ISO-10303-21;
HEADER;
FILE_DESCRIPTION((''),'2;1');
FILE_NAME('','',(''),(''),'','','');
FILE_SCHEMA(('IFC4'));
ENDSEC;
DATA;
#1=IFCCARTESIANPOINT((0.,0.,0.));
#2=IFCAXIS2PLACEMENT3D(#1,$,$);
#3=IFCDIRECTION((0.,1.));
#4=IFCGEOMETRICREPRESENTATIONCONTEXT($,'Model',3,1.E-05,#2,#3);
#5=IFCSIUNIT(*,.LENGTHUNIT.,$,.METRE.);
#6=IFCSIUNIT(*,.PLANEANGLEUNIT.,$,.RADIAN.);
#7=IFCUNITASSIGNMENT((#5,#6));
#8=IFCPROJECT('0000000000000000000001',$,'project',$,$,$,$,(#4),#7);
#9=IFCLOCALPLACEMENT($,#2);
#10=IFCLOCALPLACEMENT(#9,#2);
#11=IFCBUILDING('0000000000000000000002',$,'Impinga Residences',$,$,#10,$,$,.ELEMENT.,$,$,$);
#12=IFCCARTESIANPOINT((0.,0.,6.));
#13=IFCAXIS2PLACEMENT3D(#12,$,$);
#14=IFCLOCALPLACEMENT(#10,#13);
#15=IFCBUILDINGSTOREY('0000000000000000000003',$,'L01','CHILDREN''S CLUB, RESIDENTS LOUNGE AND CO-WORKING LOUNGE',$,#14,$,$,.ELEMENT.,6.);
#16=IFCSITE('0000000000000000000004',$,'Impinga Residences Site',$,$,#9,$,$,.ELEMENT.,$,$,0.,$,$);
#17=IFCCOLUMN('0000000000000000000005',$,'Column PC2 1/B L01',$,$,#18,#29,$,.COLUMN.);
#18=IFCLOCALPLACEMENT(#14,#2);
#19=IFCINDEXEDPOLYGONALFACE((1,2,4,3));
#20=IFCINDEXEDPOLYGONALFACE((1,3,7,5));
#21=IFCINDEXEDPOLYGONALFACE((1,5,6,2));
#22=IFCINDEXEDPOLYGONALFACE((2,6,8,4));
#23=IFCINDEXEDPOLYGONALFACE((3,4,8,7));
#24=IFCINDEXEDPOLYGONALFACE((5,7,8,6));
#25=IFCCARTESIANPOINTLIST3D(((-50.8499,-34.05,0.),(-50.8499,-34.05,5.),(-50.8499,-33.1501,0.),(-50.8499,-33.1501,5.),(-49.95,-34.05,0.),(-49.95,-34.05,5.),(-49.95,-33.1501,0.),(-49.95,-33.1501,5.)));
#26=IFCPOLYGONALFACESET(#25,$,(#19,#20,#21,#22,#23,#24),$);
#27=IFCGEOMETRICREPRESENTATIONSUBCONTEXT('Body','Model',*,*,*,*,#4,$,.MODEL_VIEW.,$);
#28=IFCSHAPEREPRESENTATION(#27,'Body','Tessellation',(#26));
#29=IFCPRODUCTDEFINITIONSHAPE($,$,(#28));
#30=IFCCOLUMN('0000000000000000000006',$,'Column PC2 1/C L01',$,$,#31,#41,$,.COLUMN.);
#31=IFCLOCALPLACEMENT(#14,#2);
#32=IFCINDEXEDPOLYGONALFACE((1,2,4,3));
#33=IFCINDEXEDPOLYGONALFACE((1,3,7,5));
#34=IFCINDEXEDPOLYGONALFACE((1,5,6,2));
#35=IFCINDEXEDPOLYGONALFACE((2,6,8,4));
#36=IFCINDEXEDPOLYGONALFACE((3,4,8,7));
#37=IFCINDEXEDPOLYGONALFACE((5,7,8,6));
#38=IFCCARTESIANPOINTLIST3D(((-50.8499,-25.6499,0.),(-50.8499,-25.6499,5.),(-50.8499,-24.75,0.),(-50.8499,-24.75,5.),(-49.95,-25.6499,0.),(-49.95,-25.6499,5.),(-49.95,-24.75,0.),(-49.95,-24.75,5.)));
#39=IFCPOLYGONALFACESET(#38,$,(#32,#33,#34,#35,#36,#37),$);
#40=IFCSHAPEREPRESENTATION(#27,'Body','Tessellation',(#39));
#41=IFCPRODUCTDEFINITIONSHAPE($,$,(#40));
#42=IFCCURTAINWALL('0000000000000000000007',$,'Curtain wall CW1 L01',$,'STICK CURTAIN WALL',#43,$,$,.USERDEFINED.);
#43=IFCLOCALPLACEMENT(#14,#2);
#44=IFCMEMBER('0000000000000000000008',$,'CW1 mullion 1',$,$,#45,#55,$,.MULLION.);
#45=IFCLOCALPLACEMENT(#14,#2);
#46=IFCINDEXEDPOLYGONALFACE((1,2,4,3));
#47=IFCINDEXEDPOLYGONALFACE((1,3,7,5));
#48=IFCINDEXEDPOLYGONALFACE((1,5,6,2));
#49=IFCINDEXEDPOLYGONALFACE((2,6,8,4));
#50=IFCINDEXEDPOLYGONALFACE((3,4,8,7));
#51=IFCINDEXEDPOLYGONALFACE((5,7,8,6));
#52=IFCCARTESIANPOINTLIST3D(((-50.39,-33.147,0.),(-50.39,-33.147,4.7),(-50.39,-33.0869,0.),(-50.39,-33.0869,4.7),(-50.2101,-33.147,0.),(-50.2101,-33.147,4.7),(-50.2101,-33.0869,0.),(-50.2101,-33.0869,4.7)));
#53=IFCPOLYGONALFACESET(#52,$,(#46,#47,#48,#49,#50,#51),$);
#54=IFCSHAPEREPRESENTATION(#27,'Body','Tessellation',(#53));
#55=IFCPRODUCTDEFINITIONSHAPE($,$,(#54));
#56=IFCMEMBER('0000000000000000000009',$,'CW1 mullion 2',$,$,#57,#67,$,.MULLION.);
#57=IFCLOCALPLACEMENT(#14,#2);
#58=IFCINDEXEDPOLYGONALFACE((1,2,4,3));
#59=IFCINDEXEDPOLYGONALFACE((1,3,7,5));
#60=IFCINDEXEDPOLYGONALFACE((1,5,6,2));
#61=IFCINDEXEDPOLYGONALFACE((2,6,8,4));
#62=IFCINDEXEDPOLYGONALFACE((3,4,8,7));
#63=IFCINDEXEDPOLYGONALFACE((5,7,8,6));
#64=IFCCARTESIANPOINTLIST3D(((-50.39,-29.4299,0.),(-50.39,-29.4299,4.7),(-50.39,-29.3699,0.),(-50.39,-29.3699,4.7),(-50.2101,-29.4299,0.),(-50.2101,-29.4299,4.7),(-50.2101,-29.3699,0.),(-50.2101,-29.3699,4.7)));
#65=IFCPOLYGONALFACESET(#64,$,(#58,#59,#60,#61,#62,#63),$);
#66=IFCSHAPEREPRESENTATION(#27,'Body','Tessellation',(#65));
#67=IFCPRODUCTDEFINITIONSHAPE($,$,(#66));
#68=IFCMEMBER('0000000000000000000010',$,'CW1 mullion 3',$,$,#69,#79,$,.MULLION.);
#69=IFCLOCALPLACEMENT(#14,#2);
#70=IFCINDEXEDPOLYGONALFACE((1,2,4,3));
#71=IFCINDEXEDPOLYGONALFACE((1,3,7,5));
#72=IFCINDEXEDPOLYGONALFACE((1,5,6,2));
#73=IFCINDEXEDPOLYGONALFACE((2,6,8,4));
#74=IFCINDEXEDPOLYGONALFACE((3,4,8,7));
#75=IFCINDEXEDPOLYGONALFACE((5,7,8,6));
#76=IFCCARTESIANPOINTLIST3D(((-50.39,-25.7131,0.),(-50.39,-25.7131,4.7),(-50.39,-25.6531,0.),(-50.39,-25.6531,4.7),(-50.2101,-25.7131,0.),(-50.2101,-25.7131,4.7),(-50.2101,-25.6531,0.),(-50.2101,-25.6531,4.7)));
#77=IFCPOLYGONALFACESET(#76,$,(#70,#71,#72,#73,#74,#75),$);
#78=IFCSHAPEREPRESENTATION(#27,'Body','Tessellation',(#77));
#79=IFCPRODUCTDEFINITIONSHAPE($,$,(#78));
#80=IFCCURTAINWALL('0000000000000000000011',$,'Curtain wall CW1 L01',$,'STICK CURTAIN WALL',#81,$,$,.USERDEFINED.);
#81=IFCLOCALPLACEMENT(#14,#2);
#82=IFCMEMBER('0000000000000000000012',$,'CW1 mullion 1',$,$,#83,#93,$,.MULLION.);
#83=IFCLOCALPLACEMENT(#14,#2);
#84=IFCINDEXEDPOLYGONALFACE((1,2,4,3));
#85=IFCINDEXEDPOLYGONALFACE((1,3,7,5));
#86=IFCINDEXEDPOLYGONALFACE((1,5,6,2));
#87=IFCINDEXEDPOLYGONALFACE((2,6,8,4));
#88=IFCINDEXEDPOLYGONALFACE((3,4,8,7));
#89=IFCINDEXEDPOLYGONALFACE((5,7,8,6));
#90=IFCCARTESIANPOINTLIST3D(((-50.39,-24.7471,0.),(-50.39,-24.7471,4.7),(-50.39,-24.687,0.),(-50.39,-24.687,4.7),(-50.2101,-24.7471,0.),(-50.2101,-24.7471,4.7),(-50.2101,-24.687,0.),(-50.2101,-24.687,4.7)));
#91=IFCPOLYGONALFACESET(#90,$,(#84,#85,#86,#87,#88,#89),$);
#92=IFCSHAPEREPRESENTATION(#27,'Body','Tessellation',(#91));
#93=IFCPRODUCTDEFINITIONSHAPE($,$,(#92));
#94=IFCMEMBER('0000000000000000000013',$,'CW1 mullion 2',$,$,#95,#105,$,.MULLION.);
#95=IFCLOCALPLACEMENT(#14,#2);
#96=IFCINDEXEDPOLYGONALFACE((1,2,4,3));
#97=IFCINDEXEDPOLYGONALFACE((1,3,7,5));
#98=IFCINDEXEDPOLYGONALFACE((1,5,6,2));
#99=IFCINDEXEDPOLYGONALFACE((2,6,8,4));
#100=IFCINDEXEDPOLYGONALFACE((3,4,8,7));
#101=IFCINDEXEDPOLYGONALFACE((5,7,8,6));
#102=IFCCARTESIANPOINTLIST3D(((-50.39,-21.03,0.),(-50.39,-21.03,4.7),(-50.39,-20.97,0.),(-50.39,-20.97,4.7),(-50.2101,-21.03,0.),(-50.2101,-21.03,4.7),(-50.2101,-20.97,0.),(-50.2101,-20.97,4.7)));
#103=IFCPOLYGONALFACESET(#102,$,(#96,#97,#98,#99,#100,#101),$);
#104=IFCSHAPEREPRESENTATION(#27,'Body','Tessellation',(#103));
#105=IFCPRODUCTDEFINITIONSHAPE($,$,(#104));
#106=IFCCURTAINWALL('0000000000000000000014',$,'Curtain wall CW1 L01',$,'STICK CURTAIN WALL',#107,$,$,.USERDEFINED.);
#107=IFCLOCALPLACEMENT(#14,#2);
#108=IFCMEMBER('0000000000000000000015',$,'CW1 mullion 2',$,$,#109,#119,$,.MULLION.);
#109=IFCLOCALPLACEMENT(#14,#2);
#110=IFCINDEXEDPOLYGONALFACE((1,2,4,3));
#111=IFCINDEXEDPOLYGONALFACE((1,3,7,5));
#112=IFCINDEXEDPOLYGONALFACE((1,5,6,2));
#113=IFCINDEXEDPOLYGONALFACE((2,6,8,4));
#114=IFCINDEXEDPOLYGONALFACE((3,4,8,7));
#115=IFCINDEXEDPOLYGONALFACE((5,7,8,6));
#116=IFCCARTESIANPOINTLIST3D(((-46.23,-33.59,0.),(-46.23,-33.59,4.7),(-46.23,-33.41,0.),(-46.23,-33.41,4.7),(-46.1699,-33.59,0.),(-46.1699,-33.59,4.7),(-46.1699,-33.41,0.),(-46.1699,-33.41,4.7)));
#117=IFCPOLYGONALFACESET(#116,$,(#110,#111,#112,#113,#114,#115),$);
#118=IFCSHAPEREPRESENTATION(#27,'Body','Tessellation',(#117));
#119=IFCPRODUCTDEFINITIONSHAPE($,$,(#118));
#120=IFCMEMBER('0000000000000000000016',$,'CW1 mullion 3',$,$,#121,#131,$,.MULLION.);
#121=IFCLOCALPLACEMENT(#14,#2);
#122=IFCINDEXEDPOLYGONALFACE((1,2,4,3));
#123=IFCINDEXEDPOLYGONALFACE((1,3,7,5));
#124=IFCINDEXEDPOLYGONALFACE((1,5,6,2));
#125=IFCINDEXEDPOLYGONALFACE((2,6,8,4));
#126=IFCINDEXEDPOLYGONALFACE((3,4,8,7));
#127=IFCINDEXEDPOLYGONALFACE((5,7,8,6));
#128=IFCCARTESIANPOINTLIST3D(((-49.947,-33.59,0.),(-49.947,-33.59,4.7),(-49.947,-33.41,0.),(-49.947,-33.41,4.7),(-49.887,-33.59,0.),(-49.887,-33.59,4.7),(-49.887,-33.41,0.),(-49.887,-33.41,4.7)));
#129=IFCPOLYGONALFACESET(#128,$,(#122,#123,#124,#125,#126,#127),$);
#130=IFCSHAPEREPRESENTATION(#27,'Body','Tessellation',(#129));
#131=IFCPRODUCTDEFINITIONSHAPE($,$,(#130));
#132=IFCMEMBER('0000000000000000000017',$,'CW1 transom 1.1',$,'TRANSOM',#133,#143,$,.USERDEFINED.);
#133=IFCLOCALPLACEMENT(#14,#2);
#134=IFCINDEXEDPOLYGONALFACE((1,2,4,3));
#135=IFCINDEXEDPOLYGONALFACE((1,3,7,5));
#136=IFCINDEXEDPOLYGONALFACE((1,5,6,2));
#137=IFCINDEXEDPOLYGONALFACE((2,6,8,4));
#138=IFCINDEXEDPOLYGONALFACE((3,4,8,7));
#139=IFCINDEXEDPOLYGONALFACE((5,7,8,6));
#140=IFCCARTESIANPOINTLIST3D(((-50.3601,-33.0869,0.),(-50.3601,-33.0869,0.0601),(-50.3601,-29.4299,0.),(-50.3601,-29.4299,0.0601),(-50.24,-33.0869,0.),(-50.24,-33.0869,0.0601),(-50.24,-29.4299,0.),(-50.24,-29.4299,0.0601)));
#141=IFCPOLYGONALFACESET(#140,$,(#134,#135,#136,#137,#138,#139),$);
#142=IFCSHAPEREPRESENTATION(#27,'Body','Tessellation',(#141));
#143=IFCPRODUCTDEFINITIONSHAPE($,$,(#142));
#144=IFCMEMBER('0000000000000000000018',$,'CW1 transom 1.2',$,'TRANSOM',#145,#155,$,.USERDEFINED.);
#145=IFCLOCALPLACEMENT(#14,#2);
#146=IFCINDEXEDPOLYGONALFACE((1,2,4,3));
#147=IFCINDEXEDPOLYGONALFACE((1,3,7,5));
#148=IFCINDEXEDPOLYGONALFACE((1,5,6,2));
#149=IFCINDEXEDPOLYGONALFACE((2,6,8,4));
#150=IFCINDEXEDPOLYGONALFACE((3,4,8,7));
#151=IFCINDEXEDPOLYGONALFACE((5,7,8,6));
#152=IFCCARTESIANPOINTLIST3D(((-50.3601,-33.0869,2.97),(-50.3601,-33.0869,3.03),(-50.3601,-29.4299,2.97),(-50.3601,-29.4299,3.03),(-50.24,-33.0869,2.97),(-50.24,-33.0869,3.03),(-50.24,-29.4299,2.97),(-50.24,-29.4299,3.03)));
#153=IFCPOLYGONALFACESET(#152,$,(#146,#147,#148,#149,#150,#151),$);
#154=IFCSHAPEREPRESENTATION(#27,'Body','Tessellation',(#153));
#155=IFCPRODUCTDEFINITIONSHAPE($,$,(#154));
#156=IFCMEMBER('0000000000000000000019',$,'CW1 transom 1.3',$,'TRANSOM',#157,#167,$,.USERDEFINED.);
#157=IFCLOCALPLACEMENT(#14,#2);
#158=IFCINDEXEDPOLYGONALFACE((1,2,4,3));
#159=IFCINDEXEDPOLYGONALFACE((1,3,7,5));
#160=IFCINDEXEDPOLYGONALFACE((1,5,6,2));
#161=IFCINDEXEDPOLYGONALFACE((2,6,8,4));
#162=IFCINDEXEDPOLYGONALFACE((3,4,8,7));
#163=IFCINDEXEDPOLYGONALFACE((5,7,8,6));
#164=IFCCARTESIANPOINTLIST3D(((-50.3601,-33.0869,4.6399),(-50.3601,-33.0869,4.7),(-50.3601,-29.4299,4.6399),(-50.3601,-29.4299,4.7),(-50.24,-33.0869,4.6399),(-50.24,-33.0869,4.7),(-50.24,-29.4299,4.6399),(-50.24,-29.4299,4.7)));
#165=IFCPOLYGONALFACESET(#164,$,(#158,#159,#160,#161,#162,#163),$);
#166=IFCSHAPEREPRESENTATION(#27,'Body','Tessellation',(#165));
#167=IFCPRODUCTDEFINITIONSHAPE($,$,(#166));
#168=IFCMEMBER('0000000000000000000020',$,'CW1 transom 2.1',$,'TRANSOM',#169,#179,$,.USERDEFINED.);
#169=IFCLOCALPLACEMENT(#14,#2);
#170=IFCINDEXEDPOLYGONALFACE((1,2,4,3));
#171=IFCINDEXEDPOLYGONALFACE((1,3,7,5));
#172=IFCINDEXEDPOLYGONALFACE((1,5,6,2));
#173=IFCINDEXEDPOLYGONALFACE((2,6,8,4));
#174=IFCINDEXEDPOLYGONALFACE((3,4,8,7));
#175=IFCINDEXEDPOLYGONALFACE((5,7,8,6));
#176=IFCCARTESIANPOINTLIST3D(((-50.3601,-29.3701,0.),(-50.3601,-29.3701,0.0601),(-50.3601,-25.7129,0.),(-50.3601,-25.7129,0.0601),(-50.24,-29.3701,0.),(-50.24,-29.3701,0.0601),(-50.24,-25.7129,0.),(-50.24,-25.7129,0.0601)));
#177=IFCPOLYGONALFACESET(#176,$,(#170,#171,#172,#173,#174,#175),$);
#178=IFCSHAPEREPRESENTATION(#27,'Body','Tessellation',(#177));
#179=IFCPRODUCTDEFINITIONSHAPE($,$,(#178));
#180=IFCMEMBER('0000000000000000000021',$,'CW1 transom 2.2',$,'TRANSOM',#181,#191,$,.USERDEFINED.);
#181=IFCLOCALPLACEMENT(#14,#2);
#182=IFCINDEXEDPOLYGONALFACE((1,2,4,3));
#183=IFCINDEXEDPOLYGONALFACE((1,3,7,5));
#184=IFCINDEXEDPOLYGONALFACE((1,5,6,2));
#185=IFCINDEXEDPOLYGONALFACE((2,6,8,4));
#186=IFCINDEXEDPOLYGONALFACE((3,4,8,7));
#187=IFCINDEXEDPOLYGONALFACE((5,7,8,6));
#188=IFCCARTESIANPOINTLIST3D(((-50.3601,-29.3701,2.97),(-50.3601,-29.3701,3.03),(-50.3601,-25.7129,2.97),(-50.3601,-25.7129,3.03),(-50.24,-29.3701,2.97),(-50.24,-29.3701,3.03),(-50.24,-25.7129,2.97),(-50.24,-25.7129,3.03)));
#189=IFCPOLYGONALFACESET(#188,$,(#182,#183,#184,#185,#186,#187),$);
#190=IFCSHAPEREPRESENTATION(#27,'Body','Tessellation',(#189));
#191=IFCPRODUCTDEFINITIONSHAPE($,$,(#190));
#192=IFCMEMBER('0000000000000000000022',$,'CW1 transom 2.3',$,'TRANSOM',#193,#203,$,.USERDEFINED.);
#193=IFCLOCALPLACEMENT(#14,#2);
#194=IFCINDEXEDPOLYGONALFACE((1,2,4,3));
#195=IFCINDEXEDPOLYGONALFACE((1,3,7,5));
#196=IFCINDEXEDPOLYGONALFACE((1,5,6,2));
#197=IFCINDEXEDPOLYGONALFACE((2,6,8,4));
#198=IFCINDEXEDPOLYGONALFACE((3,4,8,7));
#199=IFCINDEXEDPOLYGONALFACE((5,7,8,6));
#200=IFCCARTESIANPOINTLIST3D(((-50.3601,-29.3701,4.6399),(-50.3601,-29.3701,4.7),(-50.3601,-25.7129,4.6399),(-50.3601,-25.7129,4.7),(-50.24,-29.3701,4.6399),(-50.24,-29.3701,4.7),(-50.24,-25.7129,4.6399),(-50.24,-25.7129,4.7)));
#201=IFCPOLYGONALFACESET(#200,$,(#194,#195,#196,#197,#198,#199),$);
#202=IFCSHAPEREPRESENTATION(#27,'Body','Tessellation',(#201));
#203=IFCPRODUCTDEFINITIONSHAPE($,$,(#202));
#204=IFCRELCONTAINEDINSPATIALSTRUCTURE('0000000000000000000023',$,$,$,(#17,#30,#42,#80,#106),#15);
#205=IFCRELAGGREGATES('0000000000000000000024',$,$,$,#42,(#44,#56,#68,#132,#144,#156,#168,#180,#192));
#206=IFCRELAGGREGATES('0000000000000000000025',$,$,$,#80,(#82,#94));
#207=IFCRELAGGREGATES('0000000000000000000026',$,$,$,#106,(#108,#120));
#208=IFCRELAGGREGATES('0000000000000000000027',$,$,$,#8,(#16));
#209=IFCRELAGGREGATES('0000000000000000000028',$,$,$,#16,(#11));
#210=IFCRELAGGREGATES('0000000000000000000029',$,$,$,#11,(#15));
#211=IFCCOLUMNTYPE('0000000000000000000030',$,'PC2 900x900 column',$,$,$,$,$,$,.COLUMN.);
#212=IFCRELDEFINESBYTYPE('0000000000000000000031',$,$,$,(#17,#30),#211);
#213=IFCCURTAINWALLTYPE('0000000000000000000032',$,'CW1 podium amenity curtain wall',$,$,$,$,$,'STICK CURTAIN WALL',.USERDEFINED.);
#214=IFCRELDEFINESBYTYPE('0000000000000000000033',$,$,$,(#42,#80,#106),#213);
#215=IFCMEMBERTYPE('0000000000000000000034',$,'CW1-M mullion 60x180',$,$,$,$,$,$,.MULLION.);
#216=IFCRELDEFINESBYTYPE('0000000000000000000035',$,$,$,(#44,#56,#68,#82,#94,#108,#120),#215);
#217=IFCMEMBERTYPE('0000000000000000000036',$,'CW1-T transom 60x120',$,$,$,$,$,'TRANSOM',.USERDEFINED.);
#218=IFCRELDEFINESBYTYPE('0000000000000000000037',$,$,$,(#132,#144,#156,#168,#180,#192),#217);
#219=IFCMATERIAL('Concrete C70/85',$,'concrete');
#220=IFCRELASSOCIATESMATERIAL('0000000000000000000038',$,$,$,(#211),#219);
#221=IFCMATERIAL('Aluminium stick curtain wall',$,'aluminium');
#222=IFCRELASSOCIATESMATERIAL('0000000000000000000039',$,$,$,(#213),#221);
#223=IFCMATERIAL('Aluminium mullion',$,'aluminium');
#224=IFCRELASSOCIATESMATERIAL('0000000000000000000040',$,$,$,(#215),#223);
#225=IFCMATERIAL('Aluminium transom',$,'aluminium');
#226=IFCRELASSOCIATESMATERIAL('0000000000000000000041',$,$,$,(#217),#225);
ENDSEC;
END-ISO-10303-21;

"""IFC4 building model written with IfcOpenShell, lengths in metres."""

from ifc_helpers import new_model, si_unit, direction, frame, origin, origin_2d, place, context, subcontext, project, spatial, rectangle, extrude, material, material_profile, profile_set, type_object, element, aggregate, save


model = new_model("IFC4")

# Units and contexts
model_context = context("Model", 3, precision=1e-05, world=origin(), true_north=direction((0.0, 1.0)))
body_context = subcontext(model_context, "Body", "Model", "MODEL_VIEW")
ifc_project = project(units=[si_unit("LENGTHUNIT", "METRE"), si_unit("PLANEANGLEUNIT", "RADIAN")], contexts=[model_context])

# Site, building, storey
site_placement = place(None, origin())
site = spatial("IfcSite", under=ifc_project, at=site_placement, Name="Impinga Residences Site", CompositionType="ELEMENT", RefElevation=0.0)
building_placement = place(site_placement, origin())
building = spatial("IfcBuilding", under=site, at=building_placement, Name="Impinga Residences", CompositionType="ELEMENT")
storey_placement = place(building_placement, frame((0.0, 0.0, 6.0)))
storey = spatial("IfcBuildingStorey", under=building, at=storey_placement, Name="L01", Description="CHILDREN'S CLUB, RESIDENTS LOUNGE AND CO-WORKING LOUNGE", CompositionType="ELEMENT", Elevation=6.0)

# Columns
ifc_material_1 = material(Name="Concrete C70/85", Category="concrete")
ifc_material_profile_1 = material_profile(ifc_material_1, rectangle(XDim=0.8999, YDim=0.8999, at=origin_2d()), Name="RC 900x900")
ifc_profile_set_1 = profile_set([ifc_material_profile_1], Name="Concrete C70/85")
column_type = type_object("IfcColumnType", Name="PC2 900x900 column", PredefinedType="COLUMN", material=ifc_profile_set_1)
for number, where, z_axis, x_axis, name in (
    (1, (-50.3999, -33.6001, 0.0), (0.0, 0.0, 1.0), (1.0, 0.0, 0.0), "Column PC2 1/B L01"),
    (2, (-50.3999, -25.2, 0.0), (0.0, 0.0, 1.0), (1.0, 0.0, 0.0), "Column PC2 1/C L01"),
):
    element("IfcColumn", number, at=place(storey_placement, frame(where, z_axis=z_axis, x_axis=x_axis)), inside=storey, type_object=column_type, Name=name, PredefinedType="COLUMN", context=body_context, shape_type="SweptSolid", body=[
        extrude(rectangle(XDim=0.8999, YDim=0.8999, at=origin_2d()), origin(), (0.0, 0.0, 1.0), 5.0),
    ])

# Curtain walls, members
ifc_material_2 = material(Name="Aluminium stick curtain wall", Category="aluminium")
curtain_wall_type = type_object("IfcCurtainWallType", Name="CW1 podium amenity curtain wall", ElementType="STICK CURTAIN WALL", PredefinedType="USERDEFINED", material=ifc_material_2)
curtain_wall_1_placement = place(storey_placement, origin())
curtain_wall_1 = element("IfcCurtainWall", 3, at=curtain_wall_1_placement, inside=storey, type_object=curtain_wall_type, Name="Curtain wall CW1 L01", ObjectType="STICK CURTAIN WALL", PredefinedType="USERDEFINED")
ifc_material_3 = material(Name="Aluminium mullion", Category="aluminium")
ifc_material_profile_2 = material_profile(ifc_material_3, rectangle(XDim=0.0601, YDim=0.1799, at=origin_2d()), Name="60x180 mullion")
ifc_profile_set_2 = profile_set([ifc_material_profile_2], Name="Aluminium mullion")
member_type_1 = type_object("IfcMemberType", Name="CW1-M mullion 60x180", PredefinedType="MULLION", material=ifc_profile_set_2)
member_1_placement = place(storey_placement, frame((-50.3, -33.1169, 0.0), z_axis=(0.0, 0.0, 1.0), x_axis=(0.0, 1.0, 0.0)))
member_1 = element("IfcMember", 4, at=member_1_placement, type_object=member_type_1, Name="CW1 mullion 1", PredefinedType="MULLION", context=body_context, shape_type="SweptSolid", body=[
    extrude(rectangle(XDim=0.0601, YDim=0.1799, at=origin_2d()), origin(), (0.0, 0.0, 1.0), 4.7),
])
member_2_placement = place(storey_placement, frame((-50.3, -29.3999, 0.0), z_axis=(0.0, 0.0, 1.0), x_axis=(0.0, 1.0, 0.0)))
member_2 = element("IfcMember", 5, at=member_2_placement, type_object=member_type_1, Name="CW1 mullion 2", PredefinedType="MULLION", context=body_context, shape_type="SweptSolid", body=[
    extrude(rectangle(XDim=0.0601, YDim=0.1799, at=origin_2d()), origin(), (0.0, 0.0, 1.0), 4.7),
])
member_3_placement = place(storey_placement, frame((-50.3, -25.6831, 0.0), z_axis=(0.0, 0.0, 1.0), x_axis=(0.0, 1.0, 0.0)))
member_3 = element("IfcMember", 6, at=member_3_placement, type_object=member_type_1, Name="CW1 mullion 3", PredefinedType="MULLION", context=body_context, shape_type="SweptSolid", body=[
    extrude(rectangle(XDim=0.0601, YDim=0.1799, at=origin_2d()), origin(), (0.0, 0.0, 1.0), 4.7),
])
curtain_wall_2_placement = place(storey_placement, origin())
curtain_wall_2 = element("IfcCurtainWall", 7, at=curtain_wall_2_placement, inside=storey, type_object=curtain_wall_type, Name="Curtain wall CW1 L01", ObjectType="STICK CURTAIN WALL", PredefinedType="USERDEFINED")
member_4_placement = place(storey_placement, frame((-50.3, -24.717, 0.0), z_axis=(0.0, 0.0, 1.0), x_axis=(0.0, 1.0, 0.0)))
member_4 = element("IfcMember", 8, at=member_4_placement, type_object=member_type_1, Name="CW1 mullion 1", PredefinedType="MULLION", context=body_context, shape_type="SweptSolid", body=[
    extrude(rectangle(XDim=0.0601, YDim=0.1799, at=origin_2d()), origin(), (0.0, 0.0, 1.0), 4.7),
])
member_5_placement = place(storey_placement, frame((-50.3, -21.0, 0.0), z_axis=(0.0, 0.0, 1.0), x_axis=(0.0, 1.0, 0.0)))
member_5 = element("IfcMember", 9, at=member_5_placement, type_object=member_type_1, Name="CW1 mullion 2", PredefinedType="MULLION", context=body_context, shape_type="SweptSolid", body=[
    extrude(rectangle(XDim=0.0601, YDim=0.1799, at=origin_2d()), origin(), (0.0, 0.0, 1.0), 4.7),
])
curtain_wall_3_placement = place(storey_placement, origin())
curtain_wall_3 = element("IfcCurtainWall", 10, at=curtain_wall_3_placement, inside=storey, type_object=curtain_wall_type, Name="Curtain wall CW1 L01", ObjectType="STICK CURTAIN WALL", PredefinedType="USERDEFINED")
member_6_placement = place(storey_placement, frame((-46.2, -33.5, 0.0), z_axis=(0.0, 0.0, 1.0), x_axis=(-1.0, 0.0, 0.0)))
member_6 = element("IfcMember", 11, at=member_6_placement, type_object=member_type_1, Name="CW1 mullion 2", PredefinedType="MULLION", context=body_context, shape_type="SweptSolid", body=[
    extrude(rectangle(XDim=0.0601, YDim=0.1799, at=origin_2d()), origin(), (0.0, 0.0, 1.0), 4.7),
])
member_7_placement = place(storey_placement, frame((-49.917, -33.5, 0.0), z_axis=(0.0, 0.0, 1.0), x_axis=(-1.0, 0.0, 0.0)))
member_7 = element("IfcMember", 12, at=member_7_placement, type_object=member_type_1, Name="CW1 mullion 3", PredefinedType="MULLION", context=body_context, shape_type="SweptSolid", body=[
    extrude(rectangle(XDim=0.0601, YDim=0.1799, at=origin_2d()), origin(), (0.0, 0.0, 1.0), 4.7),
])

# Members
ifc_material_4 = material(Name="Aluminium transom", Category="aluminium")
ifc_material_profile_3 = material_profile(ifc_material_4, rectangle(XDim=0.0601, YDim=0.1201, at=origin_2d()), Name="60x120 transom")
ifc_profile_set_3 = profile_set([ifc_material_profile_3], Name="Aluminium transom")
member_type_2 = type_object("IfcMemberType", Name="CW1-T transom 60x120", ElementType="TRANSOM", PredefinedType="USERDEFINED", material=ifc_profile_set_3)
member_8_placement = place(storey_placement, frame((-50.3, -33.0869, 0.03), z_axis=(0.0, 1.0, 0.0), x_axis=(0.0, 0.0, 1.0)))
member_8 = element("IfcMember", 13, at=member_8_placement, type_object=member_type_2, Name="CW1 transom 1.1", ObjectType="TRANSOM", PredefinedType="USERDEFINED", context=body_context, shape_type="SweptSolid", body=[
    extrude(rectangle(XDim=0.0601, YDim=0.1201, at=origin_2d()), origin(), (0.0, 0.0, 1.0), 3.657),
])
member_9_placement = place(storey_placement, frame((-50.3, -33.0869, 3.0), z_axis=(0.0, 1.0, 0.0), x_axis=(0.0, 0.0, 1.0)))
member_9 = element("IfcMember", 14, at=member_9_placement, type_object=member_type_2, Name="CW1 transom 1.2", ObjectType="TRANSOM", PredefinedType="USERDEFINED", context=body_context, shape_type="SweptSolid", body=[
    extrude(rectangle(XDim=0.0601, YDim=0.1201, at=origin_2d()), origin(), (0.0, 0.0, 1.0), 3.657),
])
member_10_placement = place(storey_placement, frame((-50.3, -33.0869, 4.6699), z_axis=(0.0, 1.0, 0.0), x_axis=(0.0, 0.0, 1.0)))
member_10 = element("IfcMember", 15, at=member_10_placement, type_object=member_type_2, Name="CW1 transom 1.3", ObjectType="TRANSOM", PredefinedType="USERDEFINED", context=body_context, shape_type="SweptSolid", body=[
    extrude(rectangle(XDim=0.0601, YDim=0.1201, at=origin_2d()), origin(), (0.0, 0.0, 1.0), 3.657),
])
member_11_placement = place(storey_placement, frame((-50.3, -29.3701, 0.03), z_axis=(0.0, 1.0, 0.0), x_axis=(0.0, 0.0, 1.0)))
member_11 = element("IfcMember", 16, at=member_11_placement, type_object=member_type_2, Name="CW1 transom 2.1", ObjectType="TRANSOM", PredefinedType="USERDEFINED", context=body_context, shape_type="SweptSolid", body=[
    extrude(rectangle(XDim=0.0601, YDim=0.1201, at=origin_2d()), origin(), (0.0, 0.0, 1.0), 3.6572),
])
member_12_placement = place(storey_placement, frame((-50.3, -29.3701, 3.0), z_axis=(0.0, 1.0, 0.0), x_axis=(0.0, 0.0, 1.0)))
member_12 = element("IfcMember", 17, at=member_12_placement, type_object=member_type_2, Name="CW1 transom 2.2", ObjectType="TRANSOM", PredefinedType="USERDEFINED", context=body_context, shape_type="SweptSolid", body=[
    extrude(rectangle(XDim=0.0601, YDim=0.1201, at=origin_2d()), origin(), (0.0, 0.0, 1.0), 3.6572),
])
member_13_placement = place(storey_placement, frame((-50.3, -29.3701, 4.6699), z_axis=(0.0, 1.0, 0.0), x_axis=(0.0, 0.0, 1.0)))
member_13 = element("IfcMember", 18, at=member_13_placement, type_object=member_type_2, Name="CW1 transom 2.3", ObjectType="TRANSOM", PredefinedType="USERDEFINED", context=body_context, shape_type="SweptSolid", body=[
    extrude(rectangle(XDim=0.0601, YDim=0.1201, at=origin_2d()), origin(), (0.0, 0.0, 1.0), 3.6572),
])

aggregate(curtain_wall_1, [member_1, member_2, member_3, member_8, member_9, member_10, member_11, member_12, member_13])
aggregate(curtain_wall_2, [member_4, member_5])
aggregate(curtain_wall_3, [member_6, member_7])

save(model, "model.ifc")
